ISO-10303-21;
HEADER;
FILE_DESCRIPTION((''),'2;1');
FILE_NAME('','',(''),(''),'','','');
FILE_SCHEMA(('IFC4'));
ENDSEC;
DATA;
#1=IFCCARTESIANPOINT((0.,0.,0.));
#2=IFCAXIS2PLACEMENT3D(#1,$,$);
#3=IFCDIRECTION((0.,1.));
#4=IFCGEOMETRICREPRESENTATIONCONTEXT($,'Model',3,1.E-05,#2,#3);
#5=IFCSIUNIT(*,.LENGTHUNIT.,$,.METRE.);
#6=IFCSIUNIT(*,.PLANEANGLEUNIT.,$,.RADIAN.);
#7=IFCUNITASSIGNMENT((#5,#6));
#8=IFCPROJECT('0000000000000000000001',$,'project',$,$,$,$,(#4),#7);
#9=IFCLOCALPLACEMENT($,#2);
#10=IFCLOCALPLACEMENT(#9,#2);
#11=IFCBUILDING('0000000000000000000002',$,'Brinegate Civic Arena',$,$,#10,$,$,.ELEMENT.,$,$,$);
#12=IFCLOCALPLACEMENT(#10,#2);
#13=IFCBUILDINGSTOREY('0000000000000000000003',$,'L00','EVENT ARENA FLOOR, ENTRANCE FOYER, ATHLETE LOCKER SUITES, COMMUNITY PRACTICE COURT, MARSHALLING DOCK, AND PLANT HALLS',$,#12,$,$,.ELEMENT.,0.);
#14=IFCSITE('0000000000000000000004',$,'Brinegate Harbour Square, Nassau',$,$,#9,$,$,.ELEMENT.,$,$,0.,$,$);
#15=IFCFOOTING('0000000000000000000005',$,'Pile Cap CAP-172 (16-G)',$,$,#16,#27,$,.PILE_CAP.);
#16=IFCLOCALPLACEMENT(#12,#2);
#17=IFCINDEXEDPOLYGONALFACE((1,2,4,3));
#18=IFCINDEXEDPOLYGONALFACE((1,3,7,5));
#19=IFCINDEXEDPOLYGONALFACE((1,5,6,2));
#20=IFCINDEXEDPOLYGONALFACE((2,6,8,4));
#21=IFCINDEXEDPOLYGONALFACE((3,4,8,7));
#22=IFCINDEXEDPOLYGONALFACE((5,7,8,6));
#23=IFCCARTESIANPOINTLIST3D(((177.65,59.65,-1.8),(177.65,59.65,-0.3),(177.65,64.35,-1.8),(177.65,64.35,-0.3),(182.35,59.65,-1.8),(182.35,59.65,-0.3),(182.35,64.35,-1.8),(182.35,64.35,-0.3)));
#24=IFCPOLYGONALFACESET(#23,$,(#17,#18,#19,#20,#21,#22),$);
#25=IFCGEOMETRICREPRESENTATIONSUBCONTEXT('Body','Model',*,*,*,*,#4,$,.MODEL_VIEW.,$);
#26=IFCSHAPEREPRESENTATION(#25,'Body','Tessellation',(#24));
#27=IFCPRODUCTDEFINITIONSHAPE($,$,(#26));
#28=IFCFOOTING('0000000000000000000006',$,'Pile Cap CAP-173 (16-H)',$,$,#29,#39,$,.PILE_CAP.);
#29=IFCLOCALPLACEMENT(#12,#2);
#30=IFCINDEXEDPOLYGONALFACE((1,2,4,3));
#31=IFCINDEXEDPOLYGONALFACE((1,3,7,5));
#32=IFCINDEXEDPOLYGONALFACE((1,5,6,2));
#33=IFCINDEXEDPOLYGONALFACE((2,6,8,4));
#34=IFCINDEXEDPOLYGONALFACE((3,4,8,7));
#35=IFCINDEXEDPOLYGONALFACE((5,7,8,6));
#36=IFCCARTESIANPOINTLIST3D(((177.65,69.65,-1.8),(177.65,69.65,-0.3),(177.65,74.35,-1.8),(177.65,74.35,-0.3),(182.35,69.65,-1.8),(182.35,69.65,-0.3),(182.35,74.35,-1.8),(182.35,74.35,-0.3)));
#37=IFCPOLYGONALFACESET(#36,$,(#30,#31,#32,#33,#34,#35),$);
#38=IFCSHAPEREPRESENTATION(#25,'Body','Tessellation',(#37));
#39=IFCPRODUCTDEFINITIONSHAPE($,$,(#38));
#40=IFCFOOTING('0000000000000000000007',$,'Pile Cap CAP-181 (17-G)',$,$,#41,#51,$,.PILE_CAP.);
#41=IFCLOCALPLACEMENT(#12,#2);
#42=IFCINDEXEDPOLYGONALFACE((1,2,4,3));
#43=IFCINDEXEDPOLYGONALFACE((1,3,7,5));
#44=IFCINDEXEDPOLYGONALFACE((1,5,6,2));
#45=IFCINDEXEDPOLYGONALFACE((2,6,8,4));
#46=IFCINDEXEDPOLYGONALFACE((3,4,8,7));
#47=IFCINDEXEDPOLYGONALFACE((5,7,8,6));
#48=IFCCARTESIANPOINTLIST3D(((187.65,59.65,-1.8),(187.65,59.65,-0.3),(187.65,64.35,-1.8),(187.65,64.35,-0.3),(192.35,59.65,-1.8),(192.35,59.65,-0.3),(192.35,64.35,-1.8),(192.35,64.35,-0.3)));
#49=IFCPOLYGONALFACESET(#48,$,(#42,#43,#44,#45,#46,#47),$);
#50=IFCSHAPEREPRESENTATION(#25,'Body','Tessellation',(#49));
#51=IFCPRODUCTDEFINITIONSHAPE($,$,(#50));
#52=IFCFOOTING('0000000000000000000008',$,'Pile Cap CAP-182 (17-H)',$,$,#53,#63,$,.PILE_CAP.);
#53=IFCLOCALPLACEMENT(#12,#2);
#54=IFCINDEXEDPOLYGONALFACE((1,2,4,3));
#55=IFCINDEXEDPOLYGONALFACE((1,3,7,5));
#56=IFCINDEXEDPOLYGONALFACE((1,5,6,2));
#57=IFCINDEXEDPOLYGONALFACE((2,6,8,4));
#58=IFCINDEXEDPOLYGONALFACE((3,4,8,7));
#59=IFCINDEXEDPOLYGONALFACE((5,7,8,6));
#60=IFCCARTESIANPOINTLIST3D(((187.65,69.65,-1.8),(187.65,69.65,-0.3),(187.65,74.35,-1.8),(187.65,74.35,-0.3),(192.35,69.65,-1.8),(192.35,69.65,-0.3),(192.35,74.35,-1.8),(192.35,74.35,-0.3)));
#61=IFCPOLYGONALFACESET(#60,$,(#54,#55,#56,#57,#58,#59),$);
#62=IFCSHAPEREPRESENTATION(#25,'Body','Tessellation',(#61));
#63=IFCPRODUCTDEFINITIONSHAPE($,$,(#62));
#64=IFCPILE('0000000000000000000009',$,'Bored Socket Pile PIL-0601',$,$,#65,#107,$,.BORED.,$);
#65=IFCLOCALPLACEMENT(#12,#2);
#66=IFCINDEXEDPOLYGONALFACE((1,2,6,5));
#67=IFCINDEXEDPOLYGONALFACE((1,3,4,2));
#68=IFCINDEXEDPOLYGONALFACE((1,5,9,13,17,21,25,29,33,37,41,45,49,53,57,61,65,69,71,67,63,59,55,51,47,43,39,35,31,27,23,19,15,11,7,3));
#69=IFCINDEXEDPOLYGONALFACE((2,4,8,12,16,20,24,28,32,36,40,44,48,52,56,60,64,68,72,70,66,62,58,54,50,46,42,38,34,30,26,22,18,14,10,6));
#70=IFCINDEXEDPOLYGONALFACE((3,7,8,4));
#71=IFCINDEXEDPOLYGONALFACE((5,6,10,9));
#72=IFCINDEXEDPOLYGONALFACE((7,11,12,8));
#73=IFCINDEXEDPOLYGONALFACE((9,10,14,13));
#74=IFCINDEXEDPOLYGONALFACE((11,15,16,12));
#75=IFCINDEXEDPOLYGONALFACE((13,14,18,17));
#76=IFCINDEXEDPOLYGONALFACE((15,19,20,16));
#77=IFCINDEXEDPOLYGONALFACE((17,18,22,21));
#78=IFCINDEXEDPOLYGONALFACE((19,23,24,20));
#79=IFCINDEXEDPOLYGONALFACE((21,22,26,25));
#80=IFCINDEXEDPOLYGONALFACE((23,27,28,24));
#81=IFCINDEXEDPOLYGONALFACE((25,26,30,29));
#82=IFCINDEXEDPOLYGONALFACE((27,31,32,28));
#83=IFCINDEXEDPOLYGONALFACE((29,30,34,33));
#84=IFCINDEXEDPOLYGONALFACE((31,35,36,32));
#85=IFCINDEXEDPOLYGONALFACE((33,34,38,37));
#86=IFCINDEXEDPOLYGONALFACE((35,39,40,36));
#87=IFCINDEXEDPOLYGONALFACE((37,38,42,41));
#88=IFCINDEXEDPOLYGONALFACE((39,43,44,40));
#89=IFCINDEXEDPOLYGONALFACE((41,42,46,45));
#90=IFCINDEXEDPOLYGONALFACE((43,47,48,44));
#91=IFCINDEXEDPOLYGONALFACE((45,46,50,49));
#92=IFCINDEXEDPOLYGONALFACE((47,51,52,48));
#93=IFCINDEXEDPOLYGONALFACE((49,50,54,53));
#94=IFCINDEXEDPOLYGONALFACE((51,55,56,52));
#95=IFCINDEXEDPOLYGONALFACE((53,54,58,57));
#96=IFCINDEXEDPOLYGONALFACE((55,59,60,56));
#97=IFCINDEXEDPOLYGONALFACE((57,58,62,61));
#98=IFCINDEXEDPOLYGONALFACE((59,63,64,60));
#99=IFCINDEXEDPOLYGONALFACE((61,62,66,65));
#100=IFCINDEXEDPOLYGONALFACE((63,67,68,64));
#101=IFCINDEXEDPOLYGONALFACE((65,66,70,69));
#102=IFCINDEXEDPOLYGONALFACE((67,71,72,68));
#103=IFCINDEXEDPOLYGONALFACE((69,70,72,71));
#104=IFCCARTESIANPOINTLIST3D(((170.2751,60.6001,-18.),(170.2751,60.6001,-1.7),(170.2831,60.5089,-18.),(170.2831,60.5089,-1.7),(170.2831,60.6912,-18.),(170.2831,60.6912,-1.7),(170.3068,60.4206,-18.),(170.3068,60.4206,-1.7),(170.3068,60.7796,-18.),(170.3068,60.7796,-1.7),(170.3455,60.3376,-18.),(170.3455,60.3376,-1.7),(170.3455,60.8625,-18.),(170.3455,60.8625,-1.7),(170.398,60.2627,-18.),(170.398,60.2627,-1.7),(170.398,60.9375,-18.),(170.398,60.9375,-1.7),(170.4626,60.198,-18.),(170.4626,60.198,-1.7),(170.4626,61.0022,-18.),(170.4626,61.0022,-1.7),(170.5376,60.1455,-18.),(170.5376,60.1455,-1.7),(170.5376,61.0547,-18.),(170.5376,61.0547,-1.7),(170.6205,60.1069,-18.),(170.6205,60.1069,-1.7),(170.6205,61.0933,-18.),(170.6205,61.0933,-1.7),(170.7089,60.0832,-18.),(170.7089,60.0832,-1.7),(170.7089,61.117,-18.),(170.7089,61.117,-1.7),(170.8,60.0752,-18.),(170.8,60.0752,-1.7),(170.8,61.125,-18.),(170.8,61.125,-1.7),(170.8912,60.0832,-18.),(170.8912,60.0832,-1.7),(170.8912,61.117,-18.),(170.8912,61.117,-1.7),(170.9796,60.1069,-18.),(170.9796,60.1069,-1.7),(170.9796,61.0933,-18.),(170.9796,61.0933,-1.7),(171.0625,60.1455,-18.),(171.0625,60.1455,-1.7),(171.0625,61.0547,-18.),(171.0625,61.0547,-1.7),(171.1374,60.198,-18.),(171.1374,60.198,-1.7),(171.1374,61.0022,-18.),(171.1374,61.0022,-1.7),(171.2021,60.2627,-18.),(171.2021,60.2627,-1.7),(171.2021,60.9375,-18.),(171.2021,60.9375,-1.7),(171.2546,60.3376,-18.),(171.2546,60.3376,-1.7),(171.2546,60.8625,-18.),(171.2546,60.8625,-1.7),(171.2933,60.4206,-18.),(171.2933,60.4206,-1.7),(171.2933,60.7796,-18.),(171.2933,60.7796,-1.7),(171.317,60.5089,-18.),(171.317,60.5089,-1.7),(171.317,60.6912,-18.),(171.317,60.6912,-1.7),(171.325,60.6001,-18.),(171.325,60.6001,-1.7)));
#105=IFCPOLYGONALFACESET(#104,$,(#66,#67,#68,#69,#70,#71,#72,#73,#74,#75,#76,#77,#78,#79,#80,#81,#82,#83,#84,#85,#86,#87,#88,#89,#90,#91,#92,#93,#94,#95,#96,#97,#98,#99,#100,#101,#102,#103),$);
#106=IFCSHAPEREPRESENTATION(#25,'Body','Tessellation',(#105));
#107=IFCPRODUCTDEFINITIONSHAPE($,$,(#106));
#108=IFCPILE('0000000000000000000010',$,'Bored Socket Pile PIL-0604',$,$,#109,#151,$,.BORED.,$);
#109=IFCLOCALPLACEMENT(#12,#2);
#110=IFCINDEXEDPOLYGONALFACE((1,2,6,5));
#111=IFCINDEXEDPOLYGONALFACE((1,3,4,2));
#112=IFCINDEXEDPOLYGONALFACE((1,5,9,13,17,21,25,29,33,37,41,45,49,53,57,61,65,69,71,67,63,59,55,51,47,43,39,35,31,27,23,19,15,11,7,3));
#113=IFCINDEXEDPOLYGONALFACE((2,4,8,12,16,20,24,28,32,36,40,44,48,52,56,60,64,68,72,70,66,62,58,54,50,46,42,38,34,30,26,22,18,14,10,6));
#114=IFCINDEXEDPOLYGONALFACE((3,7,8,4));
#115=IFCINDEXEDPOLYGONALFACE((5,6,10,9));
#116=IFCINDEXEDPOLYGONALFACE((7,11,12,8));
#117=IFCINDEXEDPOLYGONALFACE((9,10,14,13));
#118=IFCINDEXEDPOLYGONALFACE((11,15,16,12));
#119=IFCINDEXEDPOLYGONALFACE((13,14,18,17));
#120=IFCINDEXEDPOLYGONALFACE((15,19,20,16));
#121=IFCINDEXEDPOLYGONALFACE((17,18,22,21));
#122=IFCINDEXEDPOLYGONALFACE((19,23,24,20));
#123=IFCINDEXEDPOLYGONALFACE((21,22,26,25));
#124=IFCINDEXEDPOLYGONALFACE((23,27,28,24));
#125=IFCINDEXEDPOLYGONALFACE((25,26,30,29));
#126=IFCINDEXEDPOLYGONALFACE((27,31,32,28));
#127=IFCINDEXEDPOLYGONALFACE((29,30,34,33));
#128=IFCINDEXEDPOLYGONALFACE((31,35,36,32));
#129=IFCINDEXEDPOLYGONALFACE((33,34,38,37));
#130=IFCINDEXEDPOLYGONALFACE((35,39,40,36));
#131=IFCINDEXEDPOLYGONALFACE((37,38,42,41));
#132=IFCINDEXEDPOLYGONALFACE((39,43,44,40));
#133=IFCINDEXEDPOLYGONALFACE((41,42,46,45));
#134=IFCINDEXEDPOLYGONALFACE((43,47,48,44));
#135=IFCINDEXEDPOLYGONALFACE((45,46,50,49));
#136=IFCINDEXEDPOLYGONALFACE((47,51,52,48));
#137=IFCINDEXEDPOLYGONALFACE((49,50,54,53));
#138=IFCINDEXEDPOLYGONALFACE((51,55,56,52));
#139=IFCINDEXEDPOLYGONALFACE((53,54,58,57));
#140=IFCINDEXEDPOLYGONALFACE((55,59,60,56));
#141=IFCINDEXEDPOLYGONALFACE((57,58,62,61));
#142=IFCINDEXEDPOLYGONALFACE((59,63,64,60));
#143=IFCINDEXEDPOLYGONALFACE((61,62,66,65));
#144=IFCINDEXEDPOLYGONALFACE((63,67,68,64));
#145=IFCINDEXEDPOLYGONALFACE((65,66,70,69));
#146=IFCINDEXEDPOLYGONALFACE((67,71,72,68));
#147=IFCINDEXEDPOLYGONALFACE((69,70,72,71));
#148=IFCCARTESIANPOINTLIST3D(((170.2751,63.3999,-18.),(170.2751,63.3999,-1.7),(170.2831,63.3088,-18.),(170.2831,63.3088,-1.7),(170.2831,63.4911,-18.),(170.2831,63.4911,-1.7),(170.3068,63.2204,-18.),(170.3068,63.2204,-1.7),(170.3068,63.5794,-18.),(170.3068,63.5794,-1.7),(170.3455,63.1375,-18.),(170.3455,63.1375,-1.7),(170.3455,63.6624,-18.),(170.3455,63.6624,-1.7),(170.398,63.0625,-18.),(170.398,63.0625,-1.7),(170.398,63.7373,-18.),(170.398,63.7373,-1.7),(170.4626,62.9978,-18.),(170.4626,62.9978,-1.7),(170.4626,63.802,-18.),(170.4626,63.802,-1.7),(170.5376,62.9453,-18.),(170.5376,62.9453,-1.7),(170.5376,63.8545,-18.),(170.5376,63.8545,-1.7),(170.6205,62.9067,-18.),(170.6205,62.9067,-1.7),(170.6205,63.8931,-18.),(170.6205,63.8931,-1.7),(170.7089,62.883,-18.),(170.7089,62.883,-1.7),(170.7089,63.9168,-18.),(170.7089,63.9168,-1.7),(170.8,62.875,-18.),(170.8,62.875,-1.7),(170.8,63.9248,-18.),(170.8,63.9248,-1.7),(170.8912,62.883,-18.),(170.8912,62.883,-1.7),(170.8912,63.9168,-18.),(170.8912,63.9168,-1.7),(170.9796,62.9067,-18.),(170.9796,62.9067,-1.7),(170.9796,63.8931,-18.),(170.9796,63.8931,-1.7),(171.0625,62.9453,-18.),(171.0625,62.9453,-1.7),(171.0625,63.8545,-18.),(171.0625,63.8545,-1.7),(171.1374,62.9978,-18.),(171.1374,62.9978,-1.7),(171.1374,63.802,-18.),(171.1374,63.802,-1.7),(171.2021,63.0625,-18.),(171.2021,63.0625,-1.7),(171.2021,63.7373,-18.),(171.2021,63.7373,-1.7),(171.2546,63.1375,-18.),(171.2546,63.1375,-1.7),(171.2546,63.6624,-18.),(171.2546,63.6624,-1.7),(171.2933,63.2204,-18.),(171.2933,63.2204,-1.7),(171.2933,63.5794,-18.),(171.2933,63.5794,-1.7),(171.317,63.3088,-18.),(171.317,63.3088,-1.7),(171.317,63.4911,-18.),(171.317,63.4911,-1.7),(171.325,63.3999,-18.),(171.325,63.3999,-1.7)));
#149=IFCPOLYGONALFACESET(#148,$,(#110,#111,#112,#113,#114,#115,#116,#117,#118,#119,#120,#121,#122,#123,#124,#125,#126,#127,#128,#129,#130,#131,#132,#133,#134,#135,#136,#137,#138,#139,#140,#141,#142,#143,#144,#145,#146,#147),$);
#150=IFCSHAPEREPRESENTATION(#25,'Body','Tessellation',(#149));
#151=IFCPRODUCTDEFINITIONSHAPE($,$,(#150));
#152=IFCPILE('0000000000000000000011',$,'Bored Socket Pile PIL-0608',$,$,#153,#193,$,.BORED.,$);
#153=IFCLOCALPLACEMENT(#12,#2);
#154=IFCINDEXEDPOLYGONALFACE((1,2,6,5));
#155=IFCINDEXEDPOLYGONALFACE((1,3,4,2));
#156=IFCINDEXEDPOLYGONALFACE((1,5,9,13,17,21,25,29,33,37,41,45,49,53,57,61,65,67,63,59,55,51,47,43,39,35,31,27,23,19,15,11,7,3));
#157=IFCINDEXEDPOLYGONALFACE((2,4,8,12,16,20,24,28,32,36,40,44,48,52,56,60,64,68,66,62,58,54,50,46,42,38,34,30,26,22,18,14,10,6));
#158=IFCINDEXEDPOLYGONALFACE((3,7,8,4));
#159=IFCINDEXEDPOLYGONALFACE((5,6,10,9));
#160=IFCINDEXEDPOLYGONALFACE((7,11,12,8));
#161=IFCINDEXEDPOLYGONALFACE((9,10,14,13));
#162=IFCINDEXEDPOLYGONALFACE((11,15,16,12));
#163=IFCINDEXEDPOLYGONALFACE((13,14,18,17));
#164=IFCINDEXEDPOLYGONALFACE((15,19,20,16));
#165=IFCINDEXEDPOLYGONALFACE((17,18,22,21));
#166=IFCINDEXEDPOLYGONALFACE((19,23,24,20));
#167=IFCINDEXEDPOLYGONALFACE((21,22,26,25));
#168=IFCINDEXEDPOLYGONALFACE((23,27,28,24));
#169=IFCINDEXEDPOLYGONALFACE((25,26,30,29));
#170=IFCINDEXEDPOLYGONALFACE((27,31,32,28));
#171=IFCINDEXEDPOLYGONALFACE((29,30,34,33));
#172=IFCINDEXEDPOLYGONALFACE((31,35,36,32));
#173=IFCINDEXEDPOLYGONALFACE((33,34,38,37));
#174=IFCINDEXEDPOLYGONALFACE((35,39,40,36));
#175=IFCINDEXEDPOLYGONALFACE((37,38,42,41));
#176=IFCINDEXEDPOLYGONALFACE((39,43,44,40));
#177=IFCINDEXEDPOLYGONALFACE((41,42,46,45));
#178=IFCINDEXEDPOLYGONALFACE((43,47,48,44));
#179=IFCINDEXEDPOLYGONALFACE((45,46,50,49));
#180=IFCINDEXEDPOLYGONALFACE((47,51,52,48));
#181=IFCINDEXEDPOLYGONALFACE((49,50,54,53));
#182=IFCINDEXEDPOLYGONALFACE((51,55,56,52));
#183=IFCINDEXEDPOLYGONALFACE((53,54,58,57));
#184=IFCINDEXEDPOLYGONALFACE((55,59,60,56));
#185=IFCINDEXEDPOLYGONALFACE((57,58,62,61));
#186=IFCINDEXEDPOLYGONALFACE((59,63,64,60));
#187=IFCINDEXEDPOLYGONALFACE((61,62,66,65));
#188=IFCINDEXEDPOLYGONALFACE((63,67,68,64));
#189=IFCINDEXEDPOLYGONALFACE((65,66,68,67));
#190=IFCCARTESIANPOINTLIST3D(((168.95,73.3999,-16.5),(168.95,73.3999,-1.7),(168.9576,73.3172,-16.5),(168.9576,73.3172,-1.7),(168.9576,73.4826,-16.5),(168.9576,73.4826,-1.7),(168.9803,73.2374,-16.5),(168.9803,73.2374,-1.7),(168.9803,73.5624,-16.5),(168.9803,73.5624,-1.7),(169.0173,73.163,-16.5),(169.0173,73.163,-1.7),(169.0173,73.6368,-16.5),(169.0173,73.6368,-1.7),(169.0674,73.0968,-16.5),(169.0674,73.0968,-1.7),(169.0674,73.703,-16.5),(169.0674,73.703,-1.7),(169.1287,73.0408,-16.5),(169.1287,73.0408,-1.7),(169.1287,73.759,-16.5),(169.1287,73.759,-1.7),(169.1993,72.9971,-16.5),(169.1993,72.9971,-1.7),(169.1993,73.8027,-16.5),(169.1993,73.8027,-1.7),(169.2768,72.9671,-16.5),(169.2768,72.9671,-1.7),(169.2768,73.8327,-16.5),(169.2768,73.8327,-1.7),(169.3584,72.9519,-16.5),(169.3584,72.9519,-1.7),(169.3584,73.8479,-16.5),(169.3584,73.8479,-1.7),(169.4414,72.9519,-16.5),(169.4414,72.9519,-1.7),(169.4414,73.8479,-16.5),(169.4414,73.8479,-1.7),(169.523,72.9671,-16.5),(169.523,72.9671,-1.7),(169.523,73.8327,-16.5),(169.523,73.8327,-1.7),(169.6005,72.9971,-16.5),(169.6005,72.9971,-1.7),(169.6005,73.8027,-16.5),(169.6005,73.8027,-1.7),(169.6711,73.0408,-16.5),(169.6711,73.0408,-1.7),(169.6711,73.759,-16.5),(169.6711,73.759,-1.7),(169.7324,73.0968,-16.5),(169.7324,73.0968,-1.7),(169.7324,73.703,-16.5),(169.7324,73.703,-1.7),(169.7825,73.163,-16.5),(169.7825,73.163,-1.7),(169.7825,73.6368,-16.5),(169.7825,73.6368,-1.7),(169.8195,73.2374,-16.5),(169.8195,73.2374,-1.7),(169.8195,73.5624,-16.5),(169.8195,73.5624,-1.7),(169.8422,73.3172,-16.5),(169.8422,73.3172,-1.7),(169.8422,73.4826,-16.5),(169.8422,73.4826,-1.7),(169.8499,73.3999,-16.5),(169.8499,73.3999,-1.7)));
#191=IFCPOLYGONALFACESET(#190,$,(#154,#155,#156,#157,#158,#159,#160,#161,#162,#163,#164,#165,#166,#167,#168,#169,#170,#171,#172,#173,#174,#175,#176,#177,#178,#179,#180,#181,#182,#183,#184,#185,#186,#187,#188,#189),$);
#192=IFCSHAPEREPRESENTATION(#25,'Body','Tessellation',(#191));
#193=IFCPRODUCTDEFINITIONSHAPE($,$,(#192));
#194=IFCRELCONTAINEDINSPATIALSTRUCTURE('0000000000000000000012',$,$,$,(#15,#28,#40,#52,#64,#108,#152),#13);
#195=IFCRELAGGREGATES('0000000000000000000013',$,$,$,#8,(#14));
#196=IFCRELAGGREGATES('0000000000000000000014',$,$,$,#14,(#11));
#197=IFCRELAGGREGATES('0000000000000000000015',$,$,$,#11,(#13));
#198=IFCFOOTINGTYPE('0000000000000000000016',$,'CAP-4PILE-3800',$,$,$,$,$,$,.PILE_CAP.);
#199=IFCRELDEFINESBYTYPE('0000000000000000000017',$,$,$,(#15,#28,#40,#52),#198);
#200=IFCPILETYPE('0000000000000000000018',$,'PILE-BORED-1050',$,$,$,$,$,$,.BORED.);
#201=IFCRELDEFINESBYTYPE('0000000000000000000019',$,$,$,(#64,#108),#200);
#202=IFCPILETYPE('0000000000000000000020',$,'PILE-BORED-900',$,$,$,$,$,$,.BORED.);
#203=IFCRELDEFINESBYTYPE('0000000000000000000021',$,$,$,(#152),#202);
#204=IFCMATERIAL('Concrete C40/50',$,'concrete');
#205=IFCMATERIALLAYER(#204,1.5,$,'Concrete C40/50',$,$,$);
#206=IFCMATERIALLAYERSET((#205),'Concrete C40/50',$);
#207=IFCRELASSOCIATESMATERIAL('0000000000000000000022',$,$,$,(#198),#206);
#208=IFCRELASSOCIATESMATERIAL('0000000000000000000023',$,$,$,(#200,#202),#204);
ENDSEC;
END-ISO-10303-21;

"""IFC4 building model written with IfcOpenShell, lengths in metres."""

from ifc_helpers import new_model, si_unit, direction, frame, origin, origin_2d, place, context, subcontext, project, spatial, rectangle, circle, extrude, material, layer, layer_set, material_profile, profile_set, type_object, element, save


model = new_model("IFC4")

# Units and contexts
model_context = context("Model", 3, precision=1e-05, world=origin(), true_north=direction((0.0, 1.0)))
body_context = subcontext(model_context, "Body", "Model", "MODEL_VIEW")
ifc_project = project(units=[si_unit("LENGTHUNIT", "METRE"), si_unit("PLANEANGLEUNIT", "RADIAN")], contexts=[model_context])

# Site, building, storey
site_placement = place(None, origin())
site = spatial("IfcSite", under=ifc_project, at=site_placement, Name="Brinegate Harbour Square, Nassau", CompositionType="ELEMENT", RefElevation=0.0)
building_placement = place(site_placement, origin())
building = spatial("IfcBuilding", under=site, at=building_placement, Name="Brinegate Civic Arena", CompositionType="ELEMENT")
storey_placement = place(building_placement, origin())
storey = spatial("IfcBuildingStorey", under=building, at=storey_placement, Name="L00", Description="EVENT ARENA FLOOR, ENTRANCE FOYER, ATHLETE LOCKER SUITES, COMMUNITY PRACTICE COURT, MARSHALLING DOCK, AND PLANT HALLS", CompositionType="ELEMENT", Elevation=0.0)

# Footings
ifc_material_1 = material(Name="Concrete C40/50", Category="concrete")
ifc_layer_1 = layer(ifc_material_1, 1.5, Name="Concrete C40/50")
ifc_layer_set_1 = layer_set([ifc_layer_1], Name="Concrete C40/50")
footing_type_1 = type_object("IfcFootingType", Name="CAP-4PILE-3800", PredefinedType="PILE_CAP", material=ifc_layer_set_1)
for number, where, z_axis, x_axis, name in (
    (1, (180.0, 62.0, -1.8), (0.0, 0.0, 1.0), (1.0, 0.0, 0.0), "Pile Cap CAP-172 (16-G)"),
    (2, (180.0, 72.0, -1.8), (0.0, 0.0, 1.0), (1.0, 0.0, 0.0), "Pile Cap CAP-173 (16-H)"),
    (3, (190.0, 62.0, -1.8), (0.0, 0.0, 1.0), (1.0, 0.0, 0.0), "Pile Cap CAP-181 (17-G)"),
    (4, (190.0, 72.0, -1.8), (0.0, 0.0, 1.0), (1.0, 0.0, 0.0), "Pile Cap CAP-182 (17-H)"),
):
    element("IfcFooting", number, at=place(storey_placement, frame(where, z_axis=z_axis, x_axis=x_axis)), inside=storey, type_object=footing_type_1, Name=name, PredefinedType="PILE_CAP", context=body_context, shape_type="SweptSolid", body=[
        extrude(rectangle(XDim=4.7, YDim=4.7, at=origin_2d()), origin(), (0.0, 0.0, 1.0), 1.5),
    ])

# Piles
ifc_material_profile_1 = material_profile(ifc_material_1, circle(Radius=0.5249, at=origin_2d()), Name="PILED1050")
ifc_profile_set_1 = profile_set([ifc_material_profile_1], Name="Concrete C40/50")
pile_type_1 = type_object("IfcPileType", Name="PILE-BORED-1050", PredefinedType="BORED", material=ifc_profile_set_1)
for number, where, z_axis, x_axis, name in (
    (5, (170.8, 60.6001, -1.7), (0.0, 0.0, -1.0), (1.0, 0.0, 0.0), "Bored Socket Pile PIL-0601"),
    (6, (170.8, 63.3999, -1.7), (0.0, 0.0, -1.0), (1.0, 0.0, 0.0), "Bored Socket Pile PIL-0604"),
):
    element("IfcPile", number, at=place(storey_placement, frame(where, z_axis=z_axis, x_axis=x_axis)), inside=storey, type_object=pile_type_1, Name=name, PredefinedType="BORED", context=body_context, shape_type="SweptSolid", body=[
        extrude(circle(Radius=0.5249, at=origin_2d()), origin(), (0.0, 0.0, 1.0), 16.3),
    ])
ifc_material_profile_2 = material_profile(ifc_material_1, circle(Radius=0.45, at=origin_2d()), Name="PILED900")
ifc_profile_set_2 = profile_set([ifc_material_profile_2], Name="Concrete C40/50")
pile_type_2 = type_object("IfcPileType", Name="PILE-BORED-900", PredefinedType="BORED", material=ifc_profile_set_2)
for number, where, z_axis, x_axis, name in (
    (7, (169.3999, 73.3999, -1.7), (0.0, 0.0, -1.0), (1.0, 0.0, 0.0), "Bored Socket Pile PIL-0608"),
):
    element("IfcPile", number, at=place(storey_placement, frame(where, z_axis=z_axis, x_axis=x_axis)), inside=storey, type_object=pile_type_2, Name=name, PredefinedType="BORED", context=body_context, shape_type="SweptSolid", body=[
        extrude(circle(Radius=0.45, at=origin_2d()), origin(), (0.0, 0.0, 1.0), 14.8),
    ])

save(model, "model.ifc")
